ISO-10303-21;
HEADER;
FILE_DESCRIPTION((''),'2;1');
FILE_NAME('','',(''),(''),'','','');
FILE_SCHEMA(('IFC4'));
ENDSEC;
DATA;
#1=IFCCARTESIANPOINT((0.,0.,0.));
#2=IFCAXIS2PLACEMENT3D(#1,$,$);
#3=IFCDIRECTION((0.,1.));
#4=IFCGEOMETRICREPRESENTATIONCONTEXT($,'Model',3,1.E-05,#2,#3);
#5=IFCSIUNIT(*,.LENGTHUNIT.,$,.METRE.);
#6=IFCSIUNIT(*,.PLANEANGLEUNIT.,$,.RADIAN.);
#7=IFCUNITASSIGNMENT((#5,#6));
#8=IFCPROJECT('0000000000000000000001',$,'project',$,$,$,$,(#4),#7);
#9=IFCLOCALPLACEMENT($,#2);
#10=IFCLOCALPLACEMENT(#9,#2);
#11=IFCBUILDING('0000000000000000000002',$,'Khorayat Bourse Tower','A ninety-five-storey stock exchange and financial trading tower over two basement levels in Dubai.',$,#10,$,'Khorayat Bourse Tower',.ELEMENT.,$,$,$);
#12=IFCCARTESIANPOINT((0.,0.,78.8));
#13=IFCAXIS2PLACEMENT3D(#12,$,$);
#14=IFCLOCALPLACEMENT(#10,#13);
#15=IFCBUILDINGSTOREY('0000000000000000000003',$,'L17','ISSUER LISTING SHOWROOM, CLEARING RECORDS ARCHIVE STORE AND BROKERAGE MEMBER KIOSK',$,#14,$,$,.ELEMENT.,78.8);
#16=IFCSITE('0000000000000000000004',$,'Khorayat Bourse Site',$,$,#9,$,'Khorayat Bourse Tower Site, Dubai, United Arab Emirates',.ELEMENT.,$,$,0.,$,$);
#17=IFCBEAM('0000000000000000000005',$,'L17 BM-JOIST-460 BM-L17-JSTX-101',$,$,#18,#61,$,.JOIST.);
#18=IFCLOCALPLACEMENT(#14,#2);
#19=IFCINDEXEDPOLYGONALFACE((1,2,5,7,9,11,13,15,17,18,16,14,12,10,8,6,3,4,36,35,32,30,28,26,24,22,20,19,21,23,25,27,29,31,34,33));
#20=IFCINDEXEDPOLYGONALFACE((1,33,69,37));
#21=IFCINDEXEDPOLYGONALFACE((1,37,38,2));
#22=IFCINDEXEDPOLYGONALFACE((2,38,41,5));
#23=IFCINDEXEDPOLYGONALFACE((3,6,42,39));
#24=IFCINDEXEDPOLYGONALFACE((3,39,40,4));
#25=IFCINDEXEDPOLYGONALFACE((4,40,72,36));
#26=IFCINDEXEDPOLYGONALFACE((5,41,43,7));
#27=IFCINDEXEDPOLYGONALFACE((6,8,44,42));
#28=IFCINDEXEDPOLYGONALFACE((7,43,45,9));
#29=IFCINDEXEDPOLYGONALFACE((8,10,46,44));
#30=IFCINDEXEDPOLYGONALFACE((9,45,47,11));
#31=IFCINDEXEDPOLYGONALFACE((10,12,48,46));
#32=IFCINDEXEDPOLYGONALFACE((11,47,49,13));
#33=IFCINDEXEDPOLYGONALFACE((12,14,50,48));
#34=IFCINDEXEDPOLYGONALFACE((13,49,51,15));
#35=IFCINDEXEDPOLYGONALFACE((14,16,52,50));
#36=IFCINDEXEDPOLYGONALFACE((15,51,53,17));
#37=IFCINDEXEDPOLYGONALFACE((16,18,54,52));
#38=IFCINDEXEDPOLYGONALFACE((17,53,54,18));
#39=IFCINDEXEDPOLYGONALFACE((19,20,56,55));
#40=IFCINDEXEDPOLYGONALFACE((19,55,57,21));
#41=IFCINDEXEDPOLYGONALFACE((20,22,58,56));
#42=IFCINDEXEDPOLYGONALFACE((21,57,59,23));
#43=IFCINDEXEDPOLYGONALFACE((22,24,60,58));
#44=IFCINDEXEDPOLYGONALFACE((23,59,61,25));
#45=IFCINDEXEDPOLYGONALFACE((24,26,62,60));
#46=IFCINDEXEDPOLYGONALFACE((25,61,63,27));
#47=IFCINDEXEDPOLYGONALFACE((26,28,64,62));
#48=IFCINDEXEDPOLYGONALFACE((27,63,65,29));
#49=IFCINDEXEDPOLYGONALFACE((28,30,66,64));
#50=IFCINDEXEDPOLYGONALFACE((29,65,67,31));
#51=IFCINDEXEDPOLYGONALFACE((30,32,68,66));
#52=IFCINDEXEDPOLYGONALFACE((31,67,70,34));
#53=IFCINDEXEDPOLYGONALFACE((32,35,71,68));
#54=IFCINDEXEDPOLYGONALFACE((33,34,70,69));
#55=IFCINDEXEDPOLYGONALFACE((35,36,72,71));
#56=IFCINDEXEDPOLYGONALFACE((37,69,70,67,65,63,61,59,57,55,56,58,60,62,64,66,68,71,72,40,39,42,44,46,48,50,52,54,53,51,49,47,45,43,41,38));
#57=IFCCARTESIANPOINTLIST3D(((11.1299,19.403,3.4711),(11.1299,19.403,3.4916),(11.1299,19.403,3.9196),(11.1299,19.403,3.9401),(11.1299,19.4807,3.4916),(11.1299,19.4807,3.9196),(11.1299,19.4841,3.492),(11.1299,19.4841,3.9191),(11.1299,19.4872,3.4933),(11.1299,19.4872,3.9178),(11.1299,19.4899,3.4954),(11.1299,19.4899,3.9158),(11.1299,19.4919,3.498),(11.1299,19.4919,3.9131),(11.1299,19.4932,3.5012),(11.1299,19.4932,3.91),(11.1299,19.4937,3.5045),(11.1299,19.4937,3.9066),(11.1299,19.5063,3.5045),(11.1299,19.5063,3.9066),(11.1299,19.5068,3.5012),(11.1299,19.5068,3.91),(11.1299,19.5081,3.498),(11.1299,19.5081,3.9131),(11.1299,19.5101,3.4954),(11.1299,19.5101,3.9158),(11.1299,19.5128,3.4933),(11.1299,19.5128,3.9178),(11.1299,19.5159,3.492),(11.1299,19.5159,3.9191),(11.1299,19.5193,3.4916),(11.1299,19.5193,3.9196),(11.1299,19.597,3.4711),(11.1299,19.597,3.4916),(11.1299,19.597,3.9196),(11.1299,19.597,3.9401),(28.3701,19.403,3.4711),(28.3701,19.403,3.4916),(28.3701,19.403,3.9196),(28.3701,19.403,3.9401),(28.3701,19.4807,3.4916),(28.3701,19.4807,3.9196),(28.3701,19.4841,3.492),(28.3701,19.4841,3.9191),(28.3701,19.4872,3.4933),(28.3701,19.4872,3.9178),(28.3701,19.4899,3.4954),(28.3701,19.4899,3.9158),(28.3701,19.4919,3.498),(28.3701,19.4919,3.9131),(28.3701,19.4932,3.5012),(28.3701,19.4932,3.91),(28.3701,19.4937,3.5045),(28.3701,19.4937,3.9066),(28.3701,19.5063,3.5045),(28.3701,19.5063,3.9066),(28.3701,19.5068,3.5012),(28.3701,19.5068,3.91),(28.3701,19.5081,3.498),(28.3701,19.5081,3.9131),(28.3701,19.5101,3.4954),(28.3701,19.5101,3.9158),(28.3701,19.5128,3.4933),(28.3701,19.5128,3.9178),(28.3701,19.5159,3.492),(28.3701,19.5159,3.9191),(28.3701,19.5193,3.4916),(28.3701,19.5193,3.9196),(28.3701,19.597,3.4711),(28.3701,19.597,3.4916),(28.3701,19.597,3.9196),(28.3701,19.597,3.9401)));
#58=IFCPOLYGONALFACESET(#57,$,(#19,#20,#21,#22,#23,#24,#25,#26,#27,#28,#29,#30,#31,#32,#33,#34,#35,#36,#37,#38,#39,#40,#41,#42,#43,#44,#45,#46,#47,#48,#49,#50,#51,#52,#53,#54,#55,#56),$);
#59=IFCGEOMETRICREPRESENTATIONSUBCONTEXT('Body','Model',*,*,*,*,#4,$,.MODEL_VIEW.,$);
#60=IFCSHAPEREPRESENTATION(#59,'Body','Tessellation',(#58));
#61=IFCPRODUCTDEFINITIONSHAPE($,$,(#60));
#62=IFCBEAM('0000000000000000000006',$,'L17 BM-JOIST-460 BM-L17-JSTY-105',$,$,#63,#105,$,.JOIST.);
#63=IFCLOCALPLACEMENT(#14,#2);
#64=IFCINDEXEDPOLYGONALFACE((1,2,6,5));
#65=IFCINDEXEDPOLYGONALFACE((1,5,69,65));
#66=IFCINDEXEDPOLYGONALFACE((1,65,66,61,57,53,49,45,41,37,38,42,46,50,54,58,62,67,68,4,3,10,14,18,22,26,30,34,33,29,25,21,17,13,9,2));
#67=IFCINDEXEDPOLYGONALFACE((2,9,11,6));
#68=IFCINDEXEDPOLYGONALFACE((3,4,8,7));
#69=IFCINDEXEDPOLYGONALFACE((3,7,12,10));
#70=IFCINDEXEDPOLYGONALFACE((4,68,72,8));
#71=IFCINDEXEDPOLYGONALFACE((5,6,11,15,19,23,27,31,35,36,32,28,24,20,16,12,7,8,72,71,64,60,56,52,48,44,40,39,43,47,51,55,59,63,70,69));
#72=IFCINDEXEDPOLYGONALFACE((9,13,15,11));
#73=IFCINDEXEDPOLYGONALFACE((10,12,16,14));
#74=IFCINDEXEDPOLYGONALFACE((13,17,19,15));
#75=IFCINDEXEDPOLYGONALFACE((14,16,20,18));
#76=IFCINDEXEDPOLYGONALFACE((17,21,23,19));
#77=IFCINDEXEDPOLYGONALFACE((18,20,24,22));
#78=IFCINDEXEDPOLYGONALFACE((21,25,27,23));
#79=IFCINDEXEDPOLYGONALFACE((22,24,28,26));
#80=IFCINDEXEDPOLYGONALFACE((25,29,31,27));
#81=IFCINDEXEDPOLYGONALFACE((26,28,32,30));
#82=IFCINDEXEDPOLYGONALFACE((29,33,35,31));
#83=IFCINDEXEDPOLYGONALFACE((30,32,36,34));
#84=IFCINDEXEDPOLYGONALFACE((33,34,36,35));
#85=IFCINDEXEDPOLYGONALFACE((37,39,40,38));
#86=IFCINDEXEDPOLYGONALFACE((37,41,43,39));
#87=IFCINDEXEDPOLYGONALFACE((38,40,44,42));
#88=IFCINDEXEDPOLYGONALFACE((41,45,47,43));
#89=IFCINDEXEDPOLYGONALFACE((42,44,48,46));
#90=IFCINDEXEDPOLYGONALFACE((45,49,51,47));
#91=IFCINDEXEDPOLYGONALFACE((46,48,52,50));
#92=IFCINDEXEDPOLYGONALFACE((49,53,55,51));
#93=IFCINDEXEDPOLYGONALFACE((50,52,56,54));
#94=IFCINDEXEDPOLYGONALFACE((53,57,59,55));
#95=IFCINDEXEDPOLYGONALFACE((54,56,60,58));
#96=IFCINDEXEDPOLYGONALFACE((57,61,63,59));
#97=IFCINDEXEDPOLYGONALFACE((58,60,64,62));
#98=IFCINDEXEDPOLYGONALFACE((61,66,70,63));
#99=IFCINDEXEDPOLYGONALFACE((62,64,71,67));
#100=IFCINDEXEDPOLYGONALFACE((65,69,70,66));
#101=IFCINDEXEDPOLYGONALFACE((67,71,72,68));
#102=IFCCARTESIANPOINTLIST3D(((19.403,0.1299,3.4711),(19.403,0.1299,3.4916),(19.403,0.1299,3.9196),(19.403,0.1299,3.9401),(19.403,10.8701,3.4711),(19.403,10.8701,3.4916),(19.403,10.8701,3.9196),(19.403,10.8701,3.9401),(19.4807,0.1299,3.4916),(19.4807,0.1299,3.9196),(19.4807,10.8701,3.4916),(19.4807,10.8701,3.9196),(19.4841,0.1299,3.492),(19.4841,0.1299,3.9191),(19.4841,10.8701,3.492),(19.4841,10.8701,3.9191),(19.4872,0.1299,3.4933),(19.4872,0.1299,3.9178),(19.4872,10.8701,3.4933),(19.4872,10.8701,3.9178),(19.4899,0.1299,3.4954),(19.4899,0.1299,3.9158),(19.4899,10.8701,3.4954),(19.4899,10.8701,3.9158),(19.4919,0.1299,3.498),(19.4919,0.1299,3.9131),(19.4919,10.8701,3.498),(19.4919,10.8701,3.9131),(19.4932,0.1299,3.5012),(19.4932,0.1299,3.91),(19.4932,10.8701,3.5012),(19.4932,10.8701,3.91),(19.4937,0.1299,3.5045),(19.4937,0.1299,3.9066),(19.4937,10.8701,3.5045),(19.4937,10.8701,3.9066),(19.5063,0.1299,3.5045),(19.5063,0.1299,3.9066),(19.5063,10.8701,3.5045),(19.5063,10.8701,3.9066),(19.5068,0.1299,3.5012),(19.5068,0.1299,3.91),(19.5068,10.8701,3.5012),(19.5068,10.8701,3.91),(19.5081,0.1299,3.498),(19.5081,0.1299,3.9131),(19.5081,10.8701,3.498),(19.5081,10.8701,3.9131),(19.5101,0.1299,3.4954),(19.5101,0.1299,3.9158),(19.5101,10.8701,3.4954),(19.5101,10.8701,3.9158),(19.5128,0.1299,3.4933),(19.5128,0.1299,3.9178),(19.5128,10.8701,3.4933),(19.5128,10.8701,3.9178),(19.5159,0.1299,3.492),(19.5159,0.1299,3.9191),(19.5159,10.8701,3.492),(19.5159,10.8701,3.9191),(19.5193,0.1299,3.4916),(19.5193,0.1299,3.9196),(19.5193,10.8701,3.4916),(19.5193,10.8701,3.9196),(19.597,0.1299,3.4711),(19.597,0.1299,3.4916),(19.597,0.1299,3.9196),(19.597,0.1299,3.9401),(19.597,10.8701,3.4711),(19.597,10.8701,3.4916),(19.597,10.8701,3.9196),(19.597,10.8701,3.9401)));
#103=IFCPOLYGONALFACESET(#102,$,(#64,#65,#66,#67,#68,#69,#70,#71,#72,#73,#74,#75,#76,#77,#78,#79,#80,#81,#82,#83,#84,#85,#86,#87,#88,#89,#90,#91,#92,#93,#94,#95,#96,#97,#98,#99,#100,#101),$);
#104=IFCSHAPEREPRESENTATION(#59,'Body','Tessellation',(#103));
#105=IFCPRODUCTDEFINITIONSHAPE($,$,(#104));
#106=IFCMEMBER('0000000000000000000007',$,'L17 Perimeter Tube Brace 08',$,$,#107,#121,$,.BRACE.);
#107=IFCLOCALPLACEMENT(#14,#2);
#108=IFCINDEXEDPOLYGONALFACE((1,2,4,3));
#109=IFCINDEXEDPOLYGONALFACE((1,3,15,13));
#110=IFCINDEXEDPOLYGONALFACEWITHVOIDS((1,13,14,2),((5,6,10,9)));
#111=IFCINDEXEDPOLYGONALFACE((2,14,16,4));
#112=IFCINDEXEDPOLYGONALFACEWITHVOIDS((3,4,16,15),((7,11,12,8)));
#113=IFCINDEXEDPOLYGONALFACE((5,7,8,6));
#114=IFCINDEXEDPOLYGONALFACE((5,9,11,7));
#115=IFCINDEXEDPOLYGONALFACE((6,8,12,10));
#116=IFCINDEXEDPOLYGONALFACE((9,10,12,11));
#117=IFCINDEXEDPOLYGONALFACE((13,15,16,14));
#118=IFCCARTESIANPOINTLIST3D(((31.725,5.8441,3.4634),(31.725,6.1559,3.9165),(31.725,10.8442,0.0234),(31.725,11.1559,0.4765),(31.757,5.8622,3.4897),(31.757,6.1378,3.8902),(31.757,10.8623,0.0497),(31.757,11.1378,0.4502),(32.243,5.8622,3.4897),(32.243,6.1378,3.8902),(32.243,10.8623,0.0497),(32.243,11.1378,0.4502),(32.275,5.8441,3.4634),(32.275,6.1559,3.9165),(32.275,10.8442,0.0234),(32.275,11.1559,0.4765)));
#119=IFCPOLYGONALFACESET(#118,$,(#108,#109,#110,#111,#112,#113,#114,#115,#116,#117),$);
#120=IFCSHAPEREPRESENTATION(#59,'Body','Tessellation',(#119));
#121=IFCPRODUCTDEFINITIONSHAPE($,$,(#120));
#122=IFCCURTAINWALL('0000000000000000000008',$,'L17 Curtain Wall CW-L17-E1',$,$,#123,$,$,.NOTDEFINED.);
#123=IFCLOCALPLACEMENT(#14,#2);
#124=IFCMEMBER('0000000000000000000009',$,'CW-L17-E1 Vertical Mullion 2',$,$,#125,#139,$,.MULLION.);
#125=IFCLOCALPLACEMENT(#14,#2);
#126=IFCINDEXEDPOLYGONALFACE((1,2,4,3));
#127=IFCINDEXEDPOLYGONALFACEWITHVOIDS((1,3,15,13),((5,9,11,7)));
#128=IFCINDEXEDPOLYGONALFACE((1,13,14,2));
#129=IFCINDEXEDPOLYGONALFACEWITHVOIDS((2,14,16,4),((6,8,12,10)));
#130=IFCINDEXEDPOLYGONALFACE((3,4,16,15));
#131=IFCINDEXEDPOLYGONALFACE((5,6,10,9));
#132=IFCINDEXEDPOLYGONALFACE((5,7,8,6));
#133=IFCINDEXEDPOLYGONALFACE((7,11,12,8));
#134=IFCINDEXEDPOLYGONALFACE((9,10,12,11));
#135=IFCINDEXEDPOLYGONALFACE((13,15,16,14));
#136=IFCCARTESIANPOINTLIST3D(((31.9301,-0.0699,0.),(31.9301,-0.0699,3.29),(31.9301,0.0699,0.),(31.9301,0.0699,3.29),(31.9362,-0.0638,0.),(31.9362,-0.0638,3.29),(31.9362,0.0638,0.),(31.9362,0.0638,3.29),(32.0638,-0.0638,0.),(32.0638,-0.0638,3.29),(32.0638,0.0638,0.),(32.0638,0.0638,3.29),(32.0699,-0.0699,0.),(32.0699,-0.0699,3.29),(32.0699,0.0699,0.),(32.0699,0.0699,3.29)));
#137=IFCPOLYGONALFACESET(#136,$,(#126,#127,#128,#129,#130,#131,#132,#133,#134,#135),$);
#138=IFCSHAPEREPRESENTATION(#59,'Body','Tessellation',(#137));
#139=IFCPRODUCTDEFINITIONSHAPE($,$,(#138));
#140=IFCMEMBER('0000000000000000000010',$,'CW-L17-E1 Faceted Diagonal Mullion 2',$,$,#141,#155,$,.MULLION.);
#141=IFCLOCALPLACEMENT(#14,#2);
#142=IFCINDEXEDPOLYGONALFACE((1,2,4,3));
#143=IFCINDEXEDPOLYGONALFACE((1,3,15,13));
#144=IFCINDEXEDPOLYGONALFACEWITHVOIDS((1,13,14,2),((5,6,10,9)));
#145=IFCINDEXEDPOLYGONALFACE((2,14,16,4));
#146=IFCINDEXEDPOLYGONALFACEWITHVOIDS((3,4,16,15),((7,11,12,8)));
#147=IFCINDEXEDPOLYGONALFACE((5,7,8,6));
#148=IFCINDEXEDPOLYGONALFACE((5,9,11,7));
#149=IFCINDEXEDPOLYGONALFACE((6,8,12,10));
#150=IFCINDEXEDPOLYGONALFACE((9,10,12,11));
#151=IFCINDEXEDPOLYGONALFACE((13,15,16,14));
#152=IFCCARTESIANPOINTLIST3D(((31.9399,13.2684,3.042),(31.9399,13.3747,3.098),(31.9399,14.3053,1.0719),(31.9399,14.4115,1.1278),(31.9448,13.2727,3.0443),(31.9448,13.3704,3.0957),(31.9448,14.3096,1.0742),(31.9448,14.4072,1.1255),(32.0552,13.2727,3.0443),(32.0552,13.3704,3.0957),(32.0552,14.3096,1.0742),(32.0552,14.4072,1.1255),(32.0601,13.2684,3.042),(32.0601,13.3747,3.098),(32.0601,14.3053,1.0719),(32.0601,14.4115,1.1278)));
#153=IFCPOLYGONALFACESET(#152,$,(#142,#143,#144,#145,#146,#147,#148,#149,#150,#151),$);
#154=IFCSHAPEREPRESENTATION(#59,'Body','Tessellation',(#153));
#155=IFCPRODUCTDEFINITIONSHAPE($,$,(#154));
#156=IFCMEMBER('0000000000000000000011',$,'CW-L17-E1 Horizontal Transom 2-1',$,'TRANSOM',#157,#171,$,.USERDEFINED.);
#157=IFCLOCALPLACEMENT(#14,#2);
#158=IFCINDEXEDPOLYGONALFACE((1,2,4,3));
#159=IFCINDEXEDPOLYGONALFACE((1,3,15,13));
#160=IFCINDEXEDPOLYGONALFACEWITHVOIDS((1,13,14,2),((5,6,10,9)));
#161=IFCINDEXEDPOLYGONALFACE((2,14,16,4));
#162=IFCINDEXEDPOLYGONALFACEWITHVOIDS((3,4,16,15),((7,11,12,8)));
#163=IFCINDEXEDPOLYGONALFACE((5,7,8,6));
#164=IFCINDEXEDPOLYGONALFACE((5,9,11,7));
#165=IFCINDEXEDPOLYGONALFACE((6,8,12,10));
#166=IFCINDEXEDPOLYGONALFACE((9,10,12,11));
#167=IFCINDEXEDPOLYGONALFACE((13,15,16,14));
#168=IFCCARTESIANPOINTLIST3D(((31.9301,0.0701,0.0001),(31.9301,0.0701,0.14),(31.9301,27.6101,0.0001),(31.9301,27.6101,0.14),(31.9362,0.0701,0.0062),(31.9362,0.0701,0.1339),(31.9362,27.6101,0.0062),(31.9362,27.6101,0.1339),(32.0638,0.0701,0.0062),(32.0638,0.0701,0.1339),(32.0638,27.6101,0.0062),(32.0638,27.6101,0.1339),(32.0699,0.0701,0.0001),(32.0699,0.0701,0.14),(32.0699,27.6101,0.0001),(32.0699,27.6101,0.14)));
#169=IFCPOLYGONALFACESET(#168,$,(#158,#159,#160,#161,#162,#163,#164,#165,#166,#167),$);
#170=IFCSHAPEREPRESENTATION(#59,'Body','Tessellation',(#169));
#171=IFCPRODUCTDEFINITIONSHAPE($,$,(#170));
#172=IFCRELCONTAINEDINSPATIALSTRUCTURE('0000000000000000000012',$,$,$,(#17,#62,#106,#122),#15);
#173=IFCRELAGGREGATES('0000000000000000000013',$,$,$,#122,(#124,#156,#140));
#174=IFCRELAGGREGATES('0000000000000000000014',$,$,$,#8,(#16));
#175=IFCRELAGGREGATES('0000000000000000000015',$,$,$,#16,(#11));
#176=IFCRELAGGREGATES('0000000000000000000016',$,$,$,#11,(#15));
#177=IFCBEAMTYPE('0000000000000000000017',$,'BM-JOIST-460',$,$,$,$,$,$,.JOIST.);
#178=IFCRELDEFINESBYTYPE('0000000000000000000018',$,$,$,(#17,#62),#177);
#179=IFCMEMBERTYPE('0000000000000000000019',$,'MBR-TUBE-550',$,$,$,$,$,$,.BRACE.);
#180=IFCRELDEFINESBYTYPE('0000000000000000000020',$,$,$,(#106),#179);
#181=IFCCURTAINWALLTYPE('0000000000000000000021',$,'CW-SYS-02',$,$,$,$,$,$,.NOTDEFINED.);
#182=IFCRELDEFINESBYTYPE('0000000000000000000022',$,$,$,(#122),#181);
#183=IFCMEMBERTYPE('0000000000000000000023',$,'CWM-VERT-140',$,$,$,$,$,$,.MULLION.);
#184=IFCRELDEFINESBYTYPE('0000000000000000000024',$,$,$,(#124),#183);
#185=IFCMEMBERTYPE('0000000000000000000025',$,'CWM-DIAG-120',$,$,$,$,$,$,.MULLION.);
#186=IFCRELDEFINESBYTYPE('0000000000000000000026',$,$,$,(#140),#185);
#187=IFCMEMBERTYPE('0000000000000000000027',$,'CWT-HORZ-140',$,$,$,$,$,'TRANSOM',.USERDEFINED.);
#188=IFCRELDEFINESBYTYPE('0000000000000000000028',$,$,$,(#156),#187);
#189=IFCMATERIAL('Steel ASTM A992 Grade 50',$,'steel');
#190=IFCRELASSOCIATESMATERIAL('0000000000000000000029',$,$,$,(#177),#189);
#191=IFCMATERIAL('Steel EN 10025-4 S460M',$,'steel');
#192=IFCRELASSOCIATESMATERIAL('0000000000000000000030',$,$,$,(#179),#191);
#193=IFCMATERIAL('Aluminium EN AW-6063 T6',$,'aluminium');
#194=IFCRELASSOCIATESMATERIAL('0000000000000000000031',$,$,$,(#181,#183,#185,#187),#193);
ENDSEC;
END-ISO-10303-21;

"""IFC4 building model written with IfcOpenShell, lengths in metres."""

from ifc_helpers import new_model, si_unit, direction, frame, origin, origin_2d, place, context, subcontext, project, spatial, hollow_rectangle, i_section, extrude, source, transform, mapped, material, material_profile, profile_set, type_object, element, aggregate, save


model = new_model("IFC4")

# Units and contexts
model_context = context("Model", 3, precision=1e-05, world=origin(), true_north=direction((0.0, 1.0)))
body_context = subcontext(model_context, "Body", "Model", "MODEL_VIEW")
ifc_project = project(units=[si_unit("LENGTHUNIT", "METRE"), si_unit("PLANEANGLEUNIT", "RADIAN")], contexts=[model_context])

# Site, building, storey
site_placement = place(None, origin())
site = spatial("IfcSite", under=ifc_project, at=site_placement, Name="Khorayat Bourse Site", LongName="Khorayat Bourse Tower Site, Dubai, United Arab Emirates", CompositionType="ELEMENT", RefElevation=0.0)
building_placement = place(site_placement, origin())
building = spatial("IfcBuilding", under=site, at=building_placement, Name="Khorayat Bourse Tower", Description="A ninety-five-storey stock exchange and financial trading tower over two basement levels in Dubai.", LongName="Khorayat Bourse Tower", CompositionType="ELEMENT")
storey_placement = place(building_placement, frame((0.0, 0.0, 78.8)))
storey = spatial("IfcBuildingStorey", under=building, at=storey_placement, Name="L17", Description="ISSUER LISTING SHOWROOM, CLEARING RECORDS ARCHIVE STORE AND BROKERAGE MEMBER KIOSK", CompositionType="ELEMENT", Elevation=78.8)

# Shared definitions
ifc_material_1 = material(Name="Steel EN 10025-4 S460M", Category="steel")

# Beams
ifc_material_2 = material(Name="Steel ASTM A992 Grade 50", Category="steel")
ifc_material_profile_1 = material_profile(ifc_material_2, i_section(OverallWidth=0.1941, OverallDepth=0.469, WebThickness=0.0127, FlangeThickness=0.0205, FilletRadius=0.0129, at=origin_2d()), Name="W460X106")
ifc_profile_set_1 = profile_set([ifc_material_profile_1], Name="Steel ASTM A992 Grade 50")
beam_type_1 = type_object("IfcBeamType", Name="BM-JOIST-460", PredefinedType="JOIST", material=ifc_profile_set_1)
shared_shape_1 = source(origin(), body_context, "Body", "SweptSolid", [
    extrude(i_section(OverallWidth=0.1941, OverallDepth=0.469, WebThickness=0.0127, FlangeThickness=0.0205, FilletRadius=0.0129, at=origin_2d()), origin(), (0.0, 0.0, 1.0), 17.2402),
])
beam_1_placement = place(storey_placement, frame((11.1299, 19.5, 3.7056), z_axis=(1.0, 0.0, 0.0), x_axis=(0.0, 1.0, 0.0)))
element("IfcBeam", 1, at=beam_1_placement, inside=storey, type_object=beam_type_1, Name="L17 BM-JOIST-460 BM-L17-JSTX-101", PredefinedType="JOIST", context=body_context, shape_type="MappedRepresentation", body=[
    mapped(shared_shape_1, transform((0.0, 0.0, 0.0), scale=1.0)),
])
shared_shape_2 = source(origin(), body_context, "Body", "SweptSolid", [
    extrude(i_section(OverallWidth=0.1941, OverallDepth=0.469, WebThickness=0.0127, FlangeThickness=0.0205, FilletRadius=0.0129, at=origin_2d()), origin(), (0.0, 0.0, 1.0), 10.7402),
])
beam_2_placement = place(storey_placement, frame((19.5, 0.1299, 3.7056), z_axis=(0.0, 1.0, 0.0), x_axis=(-1.0, 0.0, 0.0)))
element("IfcBeam", 2, at=beam_2_placement, inside=storey, type_object=beam_type_1, Name="L17 BM-JOIST-460 BM-L17-JSTY-105", PredefinedType="JOIST", context=body_context, shape_type="MappedRepresentation", body=[
    mapped(shared_shape_2, transform((0.0, 0.0, 0.0), scale=1.0)),
])

# Member
ifc_material_profile_2 = material_profile(ifc_material_1, hollow_rectangle(XDim=0.55, YDim=0.55, WallThickness=0.032, at=origin_2d()), Name="HSS 550x550x32")
ifc_profile_set_2 = profile_set([ifc_material_profile_2], Name="Steel EN 10025-4 S460M")
member_type_1 = type_object("IfcMemberType", Name="MBR-TUBE-550", PredefinedType="BRACE", material=ifc_profile_set_2)
shared_shape_3 = source(origin(), body_context, "Body", "SweptSolid", [
    extrude(hollow_rectangle(XDim=0.55, YDim=0.55, WallThickness=0.032, at=origin_2d()), origin(), (0.0, 0.0, 1.0), 6.0691),
])
member_1_placement = place(storey_placement, frame((32.0, 6.0, 3.6899), z_axis=(0.0, 0.823854, -0.566802), x_axis=(-1.0, 0.0, 0.0)))
element("IfcMember", 3, at=member_1_placement, inside=storey, type_object=member_type_1, Name="L17 Perimeter Tube Brace 08", PredefinedType="BRACE", context=body_context, shape_type="MappedRepresentation", body=[
    mapped(shared_shape_3, transform((0.0, 0.0, 0.0), scale=1.0)),
])

# Curtain wall, members
ifc_material_3 = material(Name="Aluminium EN AW-6063 T6", Category="aluminium")
curtain_wall_type = type_object("IfcCurtainWallType", Name="CW-SYS-02", PredefinedType="NOTDEFINED", material=ifc_material_3)
curtain_wall_placement = place(storey_placement, origin())
curtain_wall = element("IfcCurtainWall", 4, at=curtain_wall_placement, inside=storey, type_object=curtain_wall_type, Name="L17 Curtain Wall CW-L17-E1", PredefinedType="NOTDEFINED")
ifc_material_profile_3 = material_profile(ifc_material_3, hollow_rectangle(XDim=0.1399, YDim=0.1399, WallThickness=0.0061, at=origin_2d()), Name="ALU 140x140x6")
ifc_profile_set_3 = profile_set([ifc_material_profile_3], Name="Aluminium EN AW-6063 T6")
member_type_2 = type_object("IfcMemberType", Name="CWM-VERT-140", PredefinedType="MULLION", material=ifc_profile_set_3)
shared_shape_4 = source(origin(), body_context, "Body", "SweptSolid", [
    extrude(hollow_rectangle(XDim=0.1399, YDim=0.1399, WallThickness=0.0061, at=origin_2d()), origin(), (0.0, 0.0, 1.0), 3.29),
])
member_2_placement = place(storey_placement, frame((32.0, 0.0, 0.0), z_axis=(0.0, 0.0, 1.0), x_axis=(-1.0, 0.0, 0.0)))
member_2 = element("IfcMember", 5, at=member_2_placement, type_object=member_type_2, Name="CW-L17-E1 Vertical Mullion 2", PredefinedType="MULLION", context=body_context, shape_type="MappedRepresentation", body=[
    mapped(shared_shape_4, transform((0.0, 0.0, 0.0), scale=1.0)),
])
ifc_material_profile_4 = material_profile(ifc_material_3, hollow_rectangle(XDim=0.1201, YDim=0.1201, WallThickness=0.0049, at=origin_2d()), Name="ALU 120x120x5")
ifc_profile_set_4 = profile_set([ifc_material_profile_4], Name="Aluminium EN AW-6063 T6")
member_type_3 = type_object("IfcMemberType", Name="CWM-DIAG-120", PredefinedType="MULLION", material=ifc_profile_set_4)
shared_shape_5 = source(origin(), body_context, "Body", "SweptSolid", [
    extrude(hollow_rectangle(XDim=0.1201, YDim=0.1201, WallThickness=0.0049, at=origin_2d()), origin(), (0.0, 0.0, 1.0), 2.2263),
])
member_3_placement = place(storey_placement, frame((32.0, 14.3584, 1.0999), z_axis=(0.0, -0.465715, 0.884935), x_axis=(1.0, 0.0, 0.0)))
member_3 = element("IfcMember", 6, at=member_3_placement, type_object=member_type_3, Name="CW-L17-E1 Faceted Diagonal Mullion 2", PredefinedType="MULLION", context=body_context, shape_type="MappedRepresentation", body=[
    mapped(shared_shape_5, transform((0.0, 0.0, 0.0), scale=1.0)),
])
ifc_material_profile_5 = material_profile(ifc_material_3, hollow_rectangle(XDim=0.1399, YDim=0.1399, WallThickness=0.0061, at=origin_2d()), Name="ALU 140x140x6")
ifc_profile_set_5 = profile_set([ifc_material_profile_5], Name="Aluminium EN AW-6063 T6")
member_type_4 = type_object("IfcMemberType", Name="CWT-HORZ-140", ElementType="TRANSOM", PredefinedType="USERDEFINED", material=ifc_profile_set_5)
shared_shape_6 = source(origin(), body_context, "Body", "SweptSolid", [
    extrude(hollow_rectangle(XDim=0.1399, YDim=0.1399, WallThickness=0.0061, at=origin_2d()), origin(), (0.0, 0.0, 1.0), 27.54),
])
member_4_placement = place(storey_placement, frame((32.0, 0.0701, 0.0701), z_axis=(0.0, 1.0, 0.0), x_axis=(-1.0, 0.0, 0.0)))
member_4 = element("IfcMember", 7, at=member_4_placement, type_object=member_type_4, Name="CW-L17-E1 Horizontal Transom 2-1", ObjectType="TRANSOM", PredefinedType="USERDEFINED", context=body_context, shape_type="MappedRepresentation", body=[
    mapped(shared_shape_6, transform((0.0, 0.0, 0.0), scale=1.0)),
])

aggregate(curtain_wall, [member_2, member_4, member_3])

save(model, "model.ifc")
